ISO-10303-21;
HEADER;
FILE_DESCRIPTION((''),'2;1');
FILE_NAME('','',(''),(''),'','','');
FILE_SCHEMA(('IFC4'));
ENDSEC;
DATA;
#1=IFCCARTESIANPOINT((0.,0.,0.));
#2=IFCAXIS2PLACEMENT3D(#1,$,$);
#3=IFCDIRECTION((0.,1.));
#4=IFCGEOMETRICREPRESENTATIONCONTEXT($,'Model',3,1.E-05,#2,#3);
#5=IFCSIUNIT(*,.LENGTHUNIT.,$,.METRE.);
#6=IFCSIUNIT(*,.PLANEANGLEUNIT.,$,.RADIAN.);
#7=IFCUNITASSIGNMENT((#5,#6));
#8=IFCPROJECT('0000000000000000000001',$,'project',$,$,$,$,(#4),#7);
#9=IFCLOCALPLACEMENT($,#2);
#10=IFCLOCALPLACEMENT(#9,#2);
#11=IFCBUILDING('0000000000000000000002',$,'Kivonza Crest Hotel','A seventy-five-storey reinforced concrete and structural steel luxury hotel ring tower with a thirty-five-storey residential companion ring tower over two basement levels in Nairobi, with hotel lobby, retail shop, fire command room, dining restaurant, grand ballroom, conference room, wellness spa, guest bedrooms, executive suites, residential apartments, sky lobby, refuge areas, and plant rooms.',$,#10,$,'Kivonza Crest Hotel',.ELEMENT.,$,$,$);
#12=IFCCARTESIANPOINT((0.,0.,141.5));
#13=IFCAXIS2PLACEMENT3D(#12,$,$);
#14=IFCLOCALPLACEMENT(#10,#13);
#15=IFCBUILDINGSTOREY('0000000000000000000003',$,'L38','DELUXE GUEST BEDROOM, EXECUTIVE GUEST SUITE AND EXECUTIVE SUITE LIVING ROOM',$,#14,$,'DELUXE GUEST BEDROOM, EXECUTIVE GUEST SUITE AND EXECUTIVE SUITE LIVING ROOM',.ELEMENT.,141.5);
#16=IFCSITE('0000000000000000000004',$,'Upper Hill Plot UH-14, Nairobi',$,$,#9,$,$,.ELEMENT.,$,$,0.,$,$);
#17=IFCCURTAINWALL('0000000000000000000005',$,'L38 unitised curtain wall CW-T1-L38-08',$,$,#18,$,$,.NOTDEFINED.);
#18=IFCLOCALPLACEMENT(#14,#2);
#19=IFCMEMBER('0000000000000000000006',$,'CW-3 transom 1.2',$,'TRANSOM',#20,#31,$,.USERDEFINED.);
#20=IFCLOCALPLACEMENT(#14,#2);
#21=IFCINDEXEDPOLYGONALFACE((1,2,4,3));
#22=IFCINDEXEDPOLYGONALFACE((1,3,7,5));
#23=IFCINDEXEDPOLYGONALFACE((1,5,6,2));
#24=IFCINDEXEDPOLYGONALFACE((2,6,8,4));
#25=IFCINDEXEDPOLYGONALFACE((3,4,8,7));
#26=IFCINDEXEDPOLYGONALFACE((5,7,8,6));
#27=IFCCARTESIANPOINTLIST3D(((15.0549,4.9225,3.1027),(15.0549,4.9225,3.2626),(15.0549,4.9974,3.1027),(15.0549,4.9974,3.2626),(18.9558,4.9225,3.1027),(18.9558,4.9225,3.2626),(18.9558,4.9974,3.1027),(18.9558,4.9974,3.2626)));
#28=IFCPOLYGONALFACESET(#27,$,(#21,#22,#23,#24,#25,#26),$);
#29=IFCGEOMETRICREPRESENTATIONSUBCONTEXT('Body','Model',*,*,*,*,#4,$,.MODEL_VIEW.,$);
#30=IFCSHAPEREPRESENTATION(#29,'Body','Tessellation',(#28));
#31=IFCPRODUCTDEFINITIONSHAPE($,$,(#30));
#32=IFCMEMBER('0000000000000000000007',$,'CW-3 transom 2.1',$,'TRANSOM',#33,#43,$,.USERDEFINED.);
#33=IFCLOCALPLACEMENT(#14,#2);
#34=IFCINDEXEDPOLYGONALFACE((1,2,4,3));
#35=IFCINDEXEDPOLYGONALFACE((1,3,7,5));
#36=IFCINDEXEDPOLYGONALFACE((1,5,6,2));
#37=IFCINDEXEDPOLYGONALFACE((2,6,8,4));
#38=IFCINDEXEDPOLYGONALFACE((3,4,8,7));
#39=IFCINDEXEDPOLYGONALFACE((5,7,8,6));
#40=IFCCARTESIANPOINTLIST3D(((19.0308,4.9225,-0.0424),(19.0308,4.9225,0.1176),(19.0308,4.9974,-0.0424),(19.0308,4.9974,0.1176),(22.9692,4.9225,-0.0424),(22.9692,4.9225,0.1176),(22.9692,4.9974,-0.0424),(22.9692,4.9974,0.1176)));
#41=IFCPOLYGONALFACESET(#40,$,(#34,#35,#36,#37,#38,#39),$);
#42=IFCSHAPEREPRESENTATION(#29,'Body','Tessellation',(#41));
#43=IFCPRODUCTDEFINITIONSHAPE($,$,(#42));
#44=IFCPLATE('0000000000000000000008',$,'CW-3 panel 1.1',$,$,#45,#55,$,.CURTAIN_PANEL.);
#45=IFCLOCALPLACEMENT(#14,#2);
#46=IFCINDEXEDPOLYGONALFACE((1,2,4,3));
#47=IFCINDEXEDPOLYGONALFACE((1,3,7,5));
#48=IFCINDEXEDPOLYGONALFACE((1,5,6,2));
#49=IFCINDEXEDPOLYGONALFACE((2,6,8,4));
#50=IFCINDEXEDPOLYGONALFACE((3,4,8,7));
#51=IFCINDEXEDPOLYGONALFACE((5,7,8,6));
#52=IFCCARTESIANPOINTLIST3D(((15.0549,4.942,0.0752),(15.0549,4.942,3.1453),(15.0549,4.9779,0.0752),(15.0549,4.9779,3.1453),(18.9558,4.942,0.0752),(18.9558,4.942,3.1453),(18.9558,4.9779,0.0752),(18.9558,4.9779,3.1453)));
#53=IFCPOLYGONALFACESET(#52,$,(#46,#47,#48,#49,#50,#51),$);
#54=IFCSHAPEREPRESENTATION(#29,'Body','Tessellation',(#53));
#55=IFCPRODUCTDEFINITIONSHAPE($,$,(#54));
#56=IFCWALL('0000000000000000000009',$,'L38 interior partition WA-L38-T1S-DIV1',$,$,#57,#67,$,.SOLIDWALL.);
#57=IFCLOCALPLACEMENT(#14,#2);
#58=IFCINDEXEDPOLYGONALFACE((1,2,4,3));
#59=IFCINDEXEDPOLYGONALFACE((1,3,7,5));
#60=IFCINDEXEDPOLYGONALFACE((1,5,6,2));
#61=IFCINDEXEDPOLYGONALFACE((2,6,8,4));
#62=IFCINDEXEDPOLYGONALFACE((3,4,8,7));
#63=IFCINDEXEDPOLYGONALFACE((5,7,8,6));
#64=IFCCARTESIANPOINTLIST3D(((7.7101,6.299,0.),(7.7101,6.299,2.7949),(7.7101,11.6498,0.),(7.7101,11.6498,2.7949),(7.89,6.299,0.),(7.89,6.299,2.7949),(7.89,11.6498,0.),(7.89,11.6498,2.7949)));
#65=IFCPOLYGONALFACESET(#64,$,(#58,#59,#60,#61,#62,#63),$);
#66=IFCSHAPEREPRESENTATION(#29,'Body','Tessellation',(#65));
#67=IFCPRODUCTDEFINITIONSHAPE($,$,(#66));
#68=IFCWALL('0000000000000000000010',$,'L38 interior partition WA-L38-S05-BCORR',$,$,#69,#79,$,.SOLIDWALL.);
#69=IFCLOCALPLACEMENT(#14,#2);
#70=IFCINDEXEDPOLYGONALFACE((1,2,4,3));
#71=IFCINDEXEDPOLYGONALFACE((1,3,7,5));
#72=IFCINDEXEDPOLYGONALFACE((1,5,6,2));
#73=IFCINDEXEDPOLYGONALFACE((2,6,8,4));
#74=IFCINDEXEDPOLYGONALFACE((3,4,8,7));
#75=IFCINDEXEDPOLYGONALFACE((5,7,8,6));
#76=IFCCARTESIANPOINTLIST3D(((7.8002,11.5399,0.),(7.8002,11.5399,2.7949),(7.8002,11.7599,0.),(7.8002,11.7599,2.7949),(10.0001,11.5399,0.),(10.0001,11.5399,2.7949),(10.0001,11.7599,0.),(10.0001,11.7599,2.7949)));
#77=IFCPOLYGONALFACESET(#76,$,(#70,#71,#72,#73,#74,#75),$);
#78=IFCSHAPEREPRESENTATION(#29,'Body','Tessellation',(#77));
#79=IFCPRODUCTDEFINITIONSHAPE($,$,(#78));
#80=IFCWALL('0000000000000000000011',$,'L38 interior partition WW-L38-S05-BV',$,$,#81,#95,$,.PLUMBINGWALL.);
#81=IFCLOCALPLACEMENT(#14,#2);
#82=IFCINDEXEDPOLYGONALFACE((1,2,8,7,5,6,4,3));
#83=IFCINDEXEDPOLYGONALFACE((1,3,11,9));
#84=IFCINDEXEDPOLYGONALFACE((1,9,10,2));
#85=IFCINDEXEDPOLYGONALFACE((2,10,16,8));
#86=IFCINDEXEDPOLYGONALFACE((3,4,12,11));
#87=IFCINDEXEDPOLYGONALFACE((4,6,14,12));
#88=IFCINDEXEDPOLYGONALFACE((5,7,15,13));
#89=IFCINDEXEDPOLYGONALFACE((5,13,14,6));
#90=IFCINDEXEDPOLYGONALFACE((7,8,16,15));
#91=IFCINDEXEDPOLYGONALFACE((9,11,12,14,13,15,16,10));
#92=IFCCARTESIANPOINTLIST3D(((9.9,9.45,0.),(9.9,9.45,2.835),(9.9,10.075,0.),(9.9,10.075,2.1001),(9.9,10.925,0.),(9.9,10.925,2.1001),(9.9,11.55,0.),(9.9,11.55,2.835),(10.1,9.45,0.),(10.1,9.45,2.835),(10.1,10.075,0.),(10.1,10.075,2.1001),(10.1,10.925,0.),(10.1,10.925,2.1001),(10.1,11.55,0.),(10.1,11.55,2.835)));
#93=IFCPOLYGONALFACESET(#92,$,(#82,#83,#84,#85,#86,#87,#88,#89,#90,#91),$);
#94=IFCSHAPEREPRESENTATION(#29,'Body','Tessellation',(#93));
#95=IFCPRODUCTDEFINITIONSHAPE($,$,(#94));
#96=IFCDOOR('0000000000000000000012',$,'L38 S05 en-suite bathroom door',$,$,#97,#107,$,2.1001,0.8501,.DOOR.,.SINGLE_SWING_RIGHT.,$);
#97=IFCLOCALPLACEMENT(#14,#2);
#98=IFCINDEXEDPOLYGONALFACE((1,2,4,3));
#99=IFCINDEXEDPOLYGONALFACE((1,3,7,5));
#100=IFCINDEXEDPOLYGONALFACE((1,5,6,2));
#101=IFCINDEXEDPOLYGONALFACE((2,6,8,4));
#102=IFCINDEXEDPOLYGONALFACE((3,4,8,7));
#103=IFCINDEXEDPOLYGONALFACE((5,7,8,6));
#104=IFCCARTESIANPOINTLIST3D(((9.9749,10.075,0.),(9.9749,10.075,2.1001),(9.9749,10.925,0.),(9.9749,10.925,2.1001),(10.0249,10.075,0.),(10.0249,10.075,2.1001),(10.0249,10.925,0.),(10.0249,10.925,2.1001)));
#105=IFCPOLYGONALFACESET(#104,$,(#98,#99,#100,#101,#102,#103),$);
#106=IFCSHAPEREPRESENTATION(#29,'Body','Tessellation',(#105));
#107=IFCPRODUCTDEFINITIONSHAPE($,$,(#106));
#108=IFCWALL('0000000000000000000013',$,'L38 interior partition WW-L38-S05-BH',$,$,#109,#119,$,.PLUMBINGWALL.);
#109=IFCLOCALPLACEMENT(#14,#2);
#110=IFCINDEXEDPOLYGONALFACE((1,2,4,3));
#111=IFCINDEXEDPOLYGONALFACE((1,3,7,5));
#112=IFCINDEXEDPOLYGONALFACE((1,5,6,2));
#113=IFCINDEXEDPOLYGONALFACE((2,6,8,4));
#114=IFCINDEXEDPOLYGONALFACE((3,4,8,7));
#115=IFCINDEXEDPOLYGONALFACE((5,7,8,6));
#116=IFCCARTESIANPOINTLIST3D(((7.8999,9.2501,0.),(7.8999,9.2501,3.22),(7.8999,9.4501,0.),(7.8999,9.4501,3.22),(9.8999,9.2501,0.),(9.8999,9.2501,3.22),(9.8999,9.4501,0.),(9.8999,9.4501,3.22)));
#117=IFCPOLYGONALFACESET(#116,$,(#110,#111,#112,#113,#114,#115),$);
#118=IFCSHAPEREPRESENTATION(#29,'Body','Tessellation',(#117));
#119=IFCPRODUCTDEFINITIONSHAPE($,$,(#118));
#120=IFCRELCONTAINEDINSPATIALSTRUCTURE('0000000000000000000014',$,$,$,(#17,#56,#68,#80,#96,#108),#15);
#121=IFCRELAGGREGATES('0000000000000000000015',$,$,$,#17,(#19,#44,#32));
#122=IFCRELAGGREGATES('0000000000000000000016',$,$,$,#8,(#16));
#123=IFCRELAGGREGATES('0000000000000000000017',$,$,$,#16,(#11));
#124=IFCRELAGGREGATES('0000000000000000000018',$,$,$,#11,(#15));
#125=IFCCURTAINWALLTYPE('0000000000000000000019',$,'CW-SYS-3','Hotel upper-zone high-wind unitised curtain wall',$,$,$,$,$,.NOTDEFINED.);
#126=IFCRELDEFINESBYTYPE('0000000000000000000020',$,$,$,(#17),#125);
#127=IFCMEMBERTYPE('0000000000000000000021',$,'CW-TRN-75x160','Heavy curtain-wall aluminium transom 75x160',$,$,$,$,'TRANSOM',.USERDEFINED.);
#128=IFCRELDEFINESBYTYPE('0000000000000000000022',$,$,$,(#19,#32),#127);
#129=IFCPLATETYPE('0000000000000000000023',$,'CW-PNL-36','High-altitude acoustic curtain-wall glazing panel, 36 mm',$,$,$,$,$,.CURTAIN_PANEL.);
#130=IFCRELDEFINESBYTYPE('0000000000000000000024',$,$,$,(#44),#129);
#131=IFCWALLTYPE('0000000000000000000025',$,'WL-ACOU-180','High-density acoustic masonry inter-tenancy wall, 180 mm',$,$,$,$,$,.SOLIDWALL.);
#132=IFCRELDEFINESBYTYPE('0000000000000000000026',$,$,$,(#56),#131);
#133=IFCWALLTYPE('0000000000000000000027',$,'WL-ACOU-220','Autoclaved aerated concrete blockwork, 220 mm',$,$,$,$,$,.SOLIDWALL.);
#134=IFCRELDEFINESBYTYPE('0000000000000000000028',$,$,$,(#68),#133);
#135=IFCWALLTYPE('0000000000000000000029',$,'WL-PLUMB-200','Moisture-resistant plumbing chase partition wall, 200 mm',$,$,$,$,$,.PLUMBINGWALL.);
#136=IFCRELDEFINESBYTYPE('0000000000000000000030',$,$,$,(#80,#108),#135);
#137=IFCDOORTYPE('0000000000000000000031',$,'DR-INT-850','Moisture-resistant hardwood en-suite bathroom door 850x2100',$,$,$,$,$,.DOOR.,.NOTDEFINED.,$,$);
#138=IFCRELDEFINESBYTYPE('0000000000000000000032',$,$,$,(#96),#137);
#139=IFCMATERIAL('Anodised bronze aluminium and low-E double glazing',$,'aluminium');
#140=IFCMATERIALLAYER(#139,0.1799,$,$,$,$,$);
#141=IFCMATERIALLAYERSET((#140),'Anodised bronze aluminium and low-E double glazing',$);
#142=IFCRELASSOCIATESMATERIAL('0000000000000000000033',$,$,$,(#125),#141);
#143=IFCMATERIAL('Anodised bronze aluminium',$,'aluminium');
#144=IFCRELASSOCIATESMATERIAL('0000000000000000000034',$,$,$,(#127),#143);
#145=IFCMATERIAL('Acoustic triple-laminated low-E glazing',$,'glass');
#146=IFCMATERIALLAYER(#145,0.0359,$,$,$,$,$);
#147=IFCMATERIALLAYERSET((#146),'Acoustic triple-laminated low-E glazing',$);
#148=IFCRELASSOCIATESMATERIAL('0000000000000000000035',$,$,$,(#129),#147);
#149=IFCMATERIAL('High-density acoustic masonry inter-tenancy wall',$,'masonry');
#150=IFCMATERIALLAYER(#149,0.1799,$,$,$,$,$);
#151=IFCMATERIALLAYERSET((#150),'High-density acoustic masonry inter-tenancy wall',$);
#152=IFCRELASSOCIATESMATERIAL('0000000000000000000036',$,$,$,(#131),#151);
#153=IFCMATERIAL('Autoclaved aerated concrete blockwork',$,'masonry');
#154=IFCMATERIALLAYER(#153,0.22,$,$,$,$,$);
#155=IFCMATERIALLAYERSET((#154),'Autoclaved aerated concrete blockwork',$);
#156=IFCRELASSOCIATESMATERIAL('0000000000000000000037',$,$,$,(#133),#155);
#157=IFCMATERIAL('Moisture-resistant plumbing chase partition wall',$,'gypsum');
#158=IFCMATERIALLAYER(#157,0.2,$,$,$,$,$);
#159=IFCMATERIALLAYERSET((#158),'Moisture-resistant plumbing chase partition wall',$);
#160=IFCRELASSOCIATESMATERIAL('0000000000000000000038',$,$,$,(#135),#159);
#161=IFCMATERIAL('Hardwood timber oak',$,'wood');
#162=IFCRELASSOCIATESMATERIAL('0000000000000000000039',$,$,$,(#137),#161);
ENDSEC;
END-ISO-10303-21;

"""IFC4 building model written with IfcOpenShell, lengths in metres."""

from ifc_helpers import new_model, si_unit, direction, frame, frame_2d, origin, origin_2d, place, context, subcontext, project, spatial, rectangle, extrude, material, layer, layer_set, material_profile, profile_set, type_object, element, fill, aggregate, save


model = new_model("IFC4")

# Units and contexts
model_context = context("Model", 3, precision=1e-05, world=origin(), true_north=direction((0.0, 1.0)))
body_context = subcontext(model_context, "Body", "Model", "MODEL_VIEW")
ifc_project = project(units=[si_unit("LENGTHUNIT", "METRE"), si_unit("PLANEANGLEUNIT", "RADIAN")], contexts=[model_context])

# Site, building, storey
site_placement = place(None, origin())
site = spatial("IfcSite", under=ifc_project, at=site_placement, Name="Upper Hill Plot UH-14, Nairobi", CompositionType="ELEMENT", RefElevation=0.0)
building_placement = place(site_placement, origin())
building = spatial("IfcBuilding", under=site, at=building_placement, Name="Kivonza Crest Hotel", Description="A seventy-five-storey reinforced concrete and structural steel luxury hotel ring tower with a thirty-five-storey residential companion ring tower over two basement levels in Nairobi, with hotel lobby, retail shop, fire command room, dining restaurant, grand ballroom, conference room, wellness spa, guest bedrooms, executive suites, residential apartments, sky lobby, refuge areas, and plant rooms.", LongName="Kivonza Crest Hotel", CompositionType="ELEMENT")
storey_placement = place(building_placement, frame((0.0, 0.0, 141.5)))
storey = spatial("IfcBuildingStorey", under=building, at=storey_placement, Name="L38", Description="DELUXE GUEST BEDROOM, EXECUTIVE GUEST SUITE AND EXECUTIVE SUITE LIVING ROOM", LongName="DELUXE GUEST BEDROOM, EXECUTIVE GUEST SUITE AND EXECUTIVE SUITE LIVING ROOM", CompositionType="ELEMENT", Elevation=141.5)

# Curtain wall, members, plate
ifc_material_1 = material(Name="Anodised bronze aluminium and low-E double glazing", Category="aluminium")
ifc_layer_1 = layer(ifc_material_1, 0.1799)
ifc_layer_set_1 = layer_set([ifc_layer_1], Name="Anodised bronze aluminium and low-E double glazing")
curtain_wall_type = type_object("IfcCurtainWallType", Name="CW-SYS-3", Description="Hotel upper-zone high-wind unitised curtain wall", PredefinedType="NOTDEFINED", material=ifc_layer_set_1)
curtain_wall_placement = place(storey_placement, origin())
curtain_wall = element("IfcCurtainWall", 1, at=curtain_wall_placement, inside=storey, type_object=curtain_wall_type, Name="L38 unitised curtain wall CW-T1-L38-08", PredefinedType="NOTDEFINED")
ifc_material_2 = material(Name="Anodised bronze aluminium", Category="aluminium")
ifc_material_profile_1 = material_profile(ifc_material_2, rectangle(XDim=0.075, YDim=0.1599, at=origin_2d()), Name="CW-T 75x160")
ifc_profile_set_1 = profile_set([ifc_material_profile_1], Name="Anodised bronze aluminium")
member_type_1 = type_object("IfcMemberType", Name="CW-TRN-75x160", Description="Heavy curtain-wall aluminium transom 75x160", ElementType="TRANSOM", PredefinedType="USERDEFINED", material=ifc_profile_set_1)
member_1_placement = place(storey_placement, frame((15.0549, 4.96, 3.1826), z_axis=(1.0, 0.0, 0.0), x_axis=(0.0, 1.0, 0.0)))
member_1 = element("IfcMember", 2, at=member_1_placement, type_object=member_type_1, Name="CW-3 transom 1.2", ObjectType="TRANSOM", PredefinedType="USERDEFINED", context=body_context, shape_type="SweptSolid", body=[
    extrude(rectangle(XDim=0.075, YDim=0.1599, at=origin_2d()), origin(), (0.0, 0.0, 1.0), 3.9009),
])
member_2_placement = place(storey_placement, frame((19.0308, 4.96, 0.0376), z_axis=(1.0, 0.0, 0.0), x_axis=(0.0, 1.0, 0.0)))
member_2 = element("IfcMember", 3, at=member_2_placement, type_object=member_type_1, Name="CW-3 transom 2.1", ObjectType="TRANSOM", PredefinedType="USERDEFINED", context=body_context, shape_type="SweptSolid", body=[
    extrude(rectangle(XDim=0.075, YDim=0.1599, at=origin_2d()), origin(), (0.0, 0.0, 1.0), 3.9385),
])
ifc_material_3 = material(Name="Acoustic triple-laminated low-E glazing", Category="glass")
ifc_layer_2 = layer(ifc_material_3, 0.0359)
ifc_layer_set_2 = layer_set([ifc_layer_2], Name="Acoustic triple-laminated low-E glazing")
plate_type = type_object("IfcPlateType", Name="CW-PNL-36", Description="High-altitude acoustic curtain-wall glazing panel, 36 mm", PredefinedType="CURTAIN_PANEL", material=ifc_layer_set_2)
plate_placement = place(storey_placement, frame((17.0054, 4.96, 0.0752), z_axis=(0.0, 0.0, 1.0), x_axis=(1.0, 0.0, 0.0)))
plate = element("IfcPlate", 4, at=plate_placement, type_object=plate_type, Name="CW-3 panel 1.1", PredefinedType="CURTAIN_PANEL", context=body_context, shape_type="SweptSolid", body=[
    extrude(rectangle(XDim=3.9009, YDim=0.0359, at=origin_2d()), origin(), (0.0, 0.0, 1.0), 3.0701),
])
aggregate(curtain_wall, [member_1, plate, member_2])

# Walls
ifc_material_4 = material(Name="High-density acoustic masonry inter-tenancy wall", Category="masonry")
ifc_layer_3 = layer(ifc_material_4, 0.1799)
ifc_layer_set_3 = layer_set([ifc_layer_3], Name="High-density acoustic masonry inter-tenancy wall")
wall_type_1 = type_object("IfcWallType", Name="WL-ACOU-180", Description="High-density acoustic masonry inter-tenancy wall, 180 mm", PredefinedType="SOLIDWALL", material=ifc_layer_set_3)
wall_1_placement = place(storey_placement, frame((7.8, 6.2991, 0.0), z_axis=(0.0, 0.0, 1.0), x_axis=(0.0, 1.0, 0.0)))
element("IfcWall", 5, at=wall_1_placement, inside=storey, type_object=wall_type_1, Name="L38 interior partition WA-L38-T1S-DIV1", PredefinedType="SOLIDWALL", context=body_context, shape_type="SweptSolid", body=[
    extrude(rectangle(XDim=5.3508, YDim=0.1799, at=frame_2d((2.6753, 0.0))), origin(), (0.0, 0.0, 1.0), 2.7949),
])
ifc_material_5 = material(Name="Autoclaved aerated concrete blockwork", Category="masonry")
ifc_layer_4 = layer(ifc_material_5, 0.22)
ifc_layer_set_4 = layer_set([ifc_layer_4], Name="Autoclaved aerated concrete blockwork")
wall_type_2 = type_object("IfcWallType", Name="WL-ACOU-220", Description="Autoclaved aerated concrete blockwork, 220 mm", PredefinedType="SOLIDWALL", material=ifc_layer_set_4)
wall_2_placement = place(storey_placement, frame((7.8, 11.6499, 0.0), z_axis=(0.0, 0.0, 1.0), x_axis=(1.0, 0.0, 0.0)))
element("IfcWall", 6, at=wall_2_placement, inside=storey, type_object=wall_type_2, Name="L38 interior partition WA-L38-S05-BCORR", PredefinedType="SOLIDWALL", context=body_context, shape_type="SweptSolid", body=[
    extrude(rectangle(XDim=2.2, YDim=0.22, at=frame_2d((1.1001, 0.0))), origin(), (0.0, 0.0, 1.0), 2.7949),
])

# Wall, opening, door
ifc_material_6 = material(Name="Moisture-resistant plumbing chase partition wall", Category="gypsum")
ifc_layer_5 = layer(ifc_material_6, 0.2)
ifc_layer_set_5 = layer_set([ifc_layer_5], Name="Moisture-resistant plumbing chase partition wall")
wall_type_3 = type_object("IfcWallType", Name="WL-PLUMB-200", Description="Moisture-resistant plumbing chase partition wall, 200 mm", PredefinedType="PLUMBINGWALL", material=ifc_layer_set_5)
wall_3_placement = place(storey_placement, frame((10.0, 9.45, 0.0), z_axis=(0.0, 0.0, 1.0), x_axis=(0.0, 1.0, 0.0)))
wall_3 = element("IfcWall", 7, at=wall_3_placement, inside=storey, type_object=wall_type_3, Name="L38 interior partition WW-L38-S05-BV", PredefinedType="PLUMBINGWALL", context=body_context, shape_type="SweptSolid", body=[
    extrude(rectangle(XDim=2.1001, YDim=0.2, at=frame_2d((1.05, 0.0))), origin(), (0.0, 0.0, 1.0), 2.835),
])
opening_placement = place(wall_3_placement, frame((0.625, 0.0, 0.0)))
opening = element("IfcOpeningElement", 8, at=opening_placement, cuts=wall_3, PredefinedType="OPENING", context=body_context, shape_type="SweptSolid", body=[
    extrude(rectangle(XDim=0.8501, YDim=2.1001, at=frame_2d((0.425, 1.05))), frame((0.0, 0.1099, 0.0), z_axis=(0.0, -1.0, 0.0), x_axis=(1.0, 0.0, 0.0)), (0.0, 0.0, 1.0), 0.22),
])
ifc_material_7 = material(Name="Hardwood timber oak", Category="wood")
door_type = type_object("IfcDoorType", Name="DR-INT-850", Description="Moisture-resistant hardwood en-suite bathroom door 850x2100", OperationType="NOTDEFINED", PredefinedType="DOOR", material=ifc_material_7)
door_placement = place(opening_placement, frame((0.8501, 0.0, 0.0), z_axis=(0.0, 0.0, 1.0), x_axis=(-1.0, 0.0, 0.0)))
door = element("IfcDoor", 9, at=door_placement, inside=storey, type_object=door_type, Name="L38 S05 en-suite bathroom door", OperationType="SINGLE_SWING_RIGHT", OverallHeight=2.1001, OverallWidth=0.8501, PredefinedType="DOOR", context=body_context, shape_type="SweptSolid", body=[
    extrude(rectangle(XDim=0.8501, YDim=2.1001, at=frame_2d((0.425, 1.05))), frame((0.0, 0.0249, 0.0), z_axis=(0.0, -1.0, 0.0), x_axis=(1.0, 0.0, 0.0)), (0.0, 0.0, 1.0), 0.05),
])
fill(opening, door)

# Wall
wall_4_placement = place(storey_placement, frame((7.8999, 9.3501, 0.0), z_axis=(0.0, 0.0, 1.0), x_axis=(1.0, 0.0, 0.0)))
element("IfcWall", 10, at=wall_4_placement, inside=storey, type_object=wall_type_3, Name="L38 interior partition WW-L38-S05-BH", PredefinedType="PLUMBINGWALL", context=body_context, shape_type="SweptSolid", body=[
    extrude(rectangle(XDim=2.0, YDim=0.2, at=frame_2d((1.0, 0.0))), origin(), (0.0, 0.0, 1.0), 3.22),
])

save(model, "model.ifc")
